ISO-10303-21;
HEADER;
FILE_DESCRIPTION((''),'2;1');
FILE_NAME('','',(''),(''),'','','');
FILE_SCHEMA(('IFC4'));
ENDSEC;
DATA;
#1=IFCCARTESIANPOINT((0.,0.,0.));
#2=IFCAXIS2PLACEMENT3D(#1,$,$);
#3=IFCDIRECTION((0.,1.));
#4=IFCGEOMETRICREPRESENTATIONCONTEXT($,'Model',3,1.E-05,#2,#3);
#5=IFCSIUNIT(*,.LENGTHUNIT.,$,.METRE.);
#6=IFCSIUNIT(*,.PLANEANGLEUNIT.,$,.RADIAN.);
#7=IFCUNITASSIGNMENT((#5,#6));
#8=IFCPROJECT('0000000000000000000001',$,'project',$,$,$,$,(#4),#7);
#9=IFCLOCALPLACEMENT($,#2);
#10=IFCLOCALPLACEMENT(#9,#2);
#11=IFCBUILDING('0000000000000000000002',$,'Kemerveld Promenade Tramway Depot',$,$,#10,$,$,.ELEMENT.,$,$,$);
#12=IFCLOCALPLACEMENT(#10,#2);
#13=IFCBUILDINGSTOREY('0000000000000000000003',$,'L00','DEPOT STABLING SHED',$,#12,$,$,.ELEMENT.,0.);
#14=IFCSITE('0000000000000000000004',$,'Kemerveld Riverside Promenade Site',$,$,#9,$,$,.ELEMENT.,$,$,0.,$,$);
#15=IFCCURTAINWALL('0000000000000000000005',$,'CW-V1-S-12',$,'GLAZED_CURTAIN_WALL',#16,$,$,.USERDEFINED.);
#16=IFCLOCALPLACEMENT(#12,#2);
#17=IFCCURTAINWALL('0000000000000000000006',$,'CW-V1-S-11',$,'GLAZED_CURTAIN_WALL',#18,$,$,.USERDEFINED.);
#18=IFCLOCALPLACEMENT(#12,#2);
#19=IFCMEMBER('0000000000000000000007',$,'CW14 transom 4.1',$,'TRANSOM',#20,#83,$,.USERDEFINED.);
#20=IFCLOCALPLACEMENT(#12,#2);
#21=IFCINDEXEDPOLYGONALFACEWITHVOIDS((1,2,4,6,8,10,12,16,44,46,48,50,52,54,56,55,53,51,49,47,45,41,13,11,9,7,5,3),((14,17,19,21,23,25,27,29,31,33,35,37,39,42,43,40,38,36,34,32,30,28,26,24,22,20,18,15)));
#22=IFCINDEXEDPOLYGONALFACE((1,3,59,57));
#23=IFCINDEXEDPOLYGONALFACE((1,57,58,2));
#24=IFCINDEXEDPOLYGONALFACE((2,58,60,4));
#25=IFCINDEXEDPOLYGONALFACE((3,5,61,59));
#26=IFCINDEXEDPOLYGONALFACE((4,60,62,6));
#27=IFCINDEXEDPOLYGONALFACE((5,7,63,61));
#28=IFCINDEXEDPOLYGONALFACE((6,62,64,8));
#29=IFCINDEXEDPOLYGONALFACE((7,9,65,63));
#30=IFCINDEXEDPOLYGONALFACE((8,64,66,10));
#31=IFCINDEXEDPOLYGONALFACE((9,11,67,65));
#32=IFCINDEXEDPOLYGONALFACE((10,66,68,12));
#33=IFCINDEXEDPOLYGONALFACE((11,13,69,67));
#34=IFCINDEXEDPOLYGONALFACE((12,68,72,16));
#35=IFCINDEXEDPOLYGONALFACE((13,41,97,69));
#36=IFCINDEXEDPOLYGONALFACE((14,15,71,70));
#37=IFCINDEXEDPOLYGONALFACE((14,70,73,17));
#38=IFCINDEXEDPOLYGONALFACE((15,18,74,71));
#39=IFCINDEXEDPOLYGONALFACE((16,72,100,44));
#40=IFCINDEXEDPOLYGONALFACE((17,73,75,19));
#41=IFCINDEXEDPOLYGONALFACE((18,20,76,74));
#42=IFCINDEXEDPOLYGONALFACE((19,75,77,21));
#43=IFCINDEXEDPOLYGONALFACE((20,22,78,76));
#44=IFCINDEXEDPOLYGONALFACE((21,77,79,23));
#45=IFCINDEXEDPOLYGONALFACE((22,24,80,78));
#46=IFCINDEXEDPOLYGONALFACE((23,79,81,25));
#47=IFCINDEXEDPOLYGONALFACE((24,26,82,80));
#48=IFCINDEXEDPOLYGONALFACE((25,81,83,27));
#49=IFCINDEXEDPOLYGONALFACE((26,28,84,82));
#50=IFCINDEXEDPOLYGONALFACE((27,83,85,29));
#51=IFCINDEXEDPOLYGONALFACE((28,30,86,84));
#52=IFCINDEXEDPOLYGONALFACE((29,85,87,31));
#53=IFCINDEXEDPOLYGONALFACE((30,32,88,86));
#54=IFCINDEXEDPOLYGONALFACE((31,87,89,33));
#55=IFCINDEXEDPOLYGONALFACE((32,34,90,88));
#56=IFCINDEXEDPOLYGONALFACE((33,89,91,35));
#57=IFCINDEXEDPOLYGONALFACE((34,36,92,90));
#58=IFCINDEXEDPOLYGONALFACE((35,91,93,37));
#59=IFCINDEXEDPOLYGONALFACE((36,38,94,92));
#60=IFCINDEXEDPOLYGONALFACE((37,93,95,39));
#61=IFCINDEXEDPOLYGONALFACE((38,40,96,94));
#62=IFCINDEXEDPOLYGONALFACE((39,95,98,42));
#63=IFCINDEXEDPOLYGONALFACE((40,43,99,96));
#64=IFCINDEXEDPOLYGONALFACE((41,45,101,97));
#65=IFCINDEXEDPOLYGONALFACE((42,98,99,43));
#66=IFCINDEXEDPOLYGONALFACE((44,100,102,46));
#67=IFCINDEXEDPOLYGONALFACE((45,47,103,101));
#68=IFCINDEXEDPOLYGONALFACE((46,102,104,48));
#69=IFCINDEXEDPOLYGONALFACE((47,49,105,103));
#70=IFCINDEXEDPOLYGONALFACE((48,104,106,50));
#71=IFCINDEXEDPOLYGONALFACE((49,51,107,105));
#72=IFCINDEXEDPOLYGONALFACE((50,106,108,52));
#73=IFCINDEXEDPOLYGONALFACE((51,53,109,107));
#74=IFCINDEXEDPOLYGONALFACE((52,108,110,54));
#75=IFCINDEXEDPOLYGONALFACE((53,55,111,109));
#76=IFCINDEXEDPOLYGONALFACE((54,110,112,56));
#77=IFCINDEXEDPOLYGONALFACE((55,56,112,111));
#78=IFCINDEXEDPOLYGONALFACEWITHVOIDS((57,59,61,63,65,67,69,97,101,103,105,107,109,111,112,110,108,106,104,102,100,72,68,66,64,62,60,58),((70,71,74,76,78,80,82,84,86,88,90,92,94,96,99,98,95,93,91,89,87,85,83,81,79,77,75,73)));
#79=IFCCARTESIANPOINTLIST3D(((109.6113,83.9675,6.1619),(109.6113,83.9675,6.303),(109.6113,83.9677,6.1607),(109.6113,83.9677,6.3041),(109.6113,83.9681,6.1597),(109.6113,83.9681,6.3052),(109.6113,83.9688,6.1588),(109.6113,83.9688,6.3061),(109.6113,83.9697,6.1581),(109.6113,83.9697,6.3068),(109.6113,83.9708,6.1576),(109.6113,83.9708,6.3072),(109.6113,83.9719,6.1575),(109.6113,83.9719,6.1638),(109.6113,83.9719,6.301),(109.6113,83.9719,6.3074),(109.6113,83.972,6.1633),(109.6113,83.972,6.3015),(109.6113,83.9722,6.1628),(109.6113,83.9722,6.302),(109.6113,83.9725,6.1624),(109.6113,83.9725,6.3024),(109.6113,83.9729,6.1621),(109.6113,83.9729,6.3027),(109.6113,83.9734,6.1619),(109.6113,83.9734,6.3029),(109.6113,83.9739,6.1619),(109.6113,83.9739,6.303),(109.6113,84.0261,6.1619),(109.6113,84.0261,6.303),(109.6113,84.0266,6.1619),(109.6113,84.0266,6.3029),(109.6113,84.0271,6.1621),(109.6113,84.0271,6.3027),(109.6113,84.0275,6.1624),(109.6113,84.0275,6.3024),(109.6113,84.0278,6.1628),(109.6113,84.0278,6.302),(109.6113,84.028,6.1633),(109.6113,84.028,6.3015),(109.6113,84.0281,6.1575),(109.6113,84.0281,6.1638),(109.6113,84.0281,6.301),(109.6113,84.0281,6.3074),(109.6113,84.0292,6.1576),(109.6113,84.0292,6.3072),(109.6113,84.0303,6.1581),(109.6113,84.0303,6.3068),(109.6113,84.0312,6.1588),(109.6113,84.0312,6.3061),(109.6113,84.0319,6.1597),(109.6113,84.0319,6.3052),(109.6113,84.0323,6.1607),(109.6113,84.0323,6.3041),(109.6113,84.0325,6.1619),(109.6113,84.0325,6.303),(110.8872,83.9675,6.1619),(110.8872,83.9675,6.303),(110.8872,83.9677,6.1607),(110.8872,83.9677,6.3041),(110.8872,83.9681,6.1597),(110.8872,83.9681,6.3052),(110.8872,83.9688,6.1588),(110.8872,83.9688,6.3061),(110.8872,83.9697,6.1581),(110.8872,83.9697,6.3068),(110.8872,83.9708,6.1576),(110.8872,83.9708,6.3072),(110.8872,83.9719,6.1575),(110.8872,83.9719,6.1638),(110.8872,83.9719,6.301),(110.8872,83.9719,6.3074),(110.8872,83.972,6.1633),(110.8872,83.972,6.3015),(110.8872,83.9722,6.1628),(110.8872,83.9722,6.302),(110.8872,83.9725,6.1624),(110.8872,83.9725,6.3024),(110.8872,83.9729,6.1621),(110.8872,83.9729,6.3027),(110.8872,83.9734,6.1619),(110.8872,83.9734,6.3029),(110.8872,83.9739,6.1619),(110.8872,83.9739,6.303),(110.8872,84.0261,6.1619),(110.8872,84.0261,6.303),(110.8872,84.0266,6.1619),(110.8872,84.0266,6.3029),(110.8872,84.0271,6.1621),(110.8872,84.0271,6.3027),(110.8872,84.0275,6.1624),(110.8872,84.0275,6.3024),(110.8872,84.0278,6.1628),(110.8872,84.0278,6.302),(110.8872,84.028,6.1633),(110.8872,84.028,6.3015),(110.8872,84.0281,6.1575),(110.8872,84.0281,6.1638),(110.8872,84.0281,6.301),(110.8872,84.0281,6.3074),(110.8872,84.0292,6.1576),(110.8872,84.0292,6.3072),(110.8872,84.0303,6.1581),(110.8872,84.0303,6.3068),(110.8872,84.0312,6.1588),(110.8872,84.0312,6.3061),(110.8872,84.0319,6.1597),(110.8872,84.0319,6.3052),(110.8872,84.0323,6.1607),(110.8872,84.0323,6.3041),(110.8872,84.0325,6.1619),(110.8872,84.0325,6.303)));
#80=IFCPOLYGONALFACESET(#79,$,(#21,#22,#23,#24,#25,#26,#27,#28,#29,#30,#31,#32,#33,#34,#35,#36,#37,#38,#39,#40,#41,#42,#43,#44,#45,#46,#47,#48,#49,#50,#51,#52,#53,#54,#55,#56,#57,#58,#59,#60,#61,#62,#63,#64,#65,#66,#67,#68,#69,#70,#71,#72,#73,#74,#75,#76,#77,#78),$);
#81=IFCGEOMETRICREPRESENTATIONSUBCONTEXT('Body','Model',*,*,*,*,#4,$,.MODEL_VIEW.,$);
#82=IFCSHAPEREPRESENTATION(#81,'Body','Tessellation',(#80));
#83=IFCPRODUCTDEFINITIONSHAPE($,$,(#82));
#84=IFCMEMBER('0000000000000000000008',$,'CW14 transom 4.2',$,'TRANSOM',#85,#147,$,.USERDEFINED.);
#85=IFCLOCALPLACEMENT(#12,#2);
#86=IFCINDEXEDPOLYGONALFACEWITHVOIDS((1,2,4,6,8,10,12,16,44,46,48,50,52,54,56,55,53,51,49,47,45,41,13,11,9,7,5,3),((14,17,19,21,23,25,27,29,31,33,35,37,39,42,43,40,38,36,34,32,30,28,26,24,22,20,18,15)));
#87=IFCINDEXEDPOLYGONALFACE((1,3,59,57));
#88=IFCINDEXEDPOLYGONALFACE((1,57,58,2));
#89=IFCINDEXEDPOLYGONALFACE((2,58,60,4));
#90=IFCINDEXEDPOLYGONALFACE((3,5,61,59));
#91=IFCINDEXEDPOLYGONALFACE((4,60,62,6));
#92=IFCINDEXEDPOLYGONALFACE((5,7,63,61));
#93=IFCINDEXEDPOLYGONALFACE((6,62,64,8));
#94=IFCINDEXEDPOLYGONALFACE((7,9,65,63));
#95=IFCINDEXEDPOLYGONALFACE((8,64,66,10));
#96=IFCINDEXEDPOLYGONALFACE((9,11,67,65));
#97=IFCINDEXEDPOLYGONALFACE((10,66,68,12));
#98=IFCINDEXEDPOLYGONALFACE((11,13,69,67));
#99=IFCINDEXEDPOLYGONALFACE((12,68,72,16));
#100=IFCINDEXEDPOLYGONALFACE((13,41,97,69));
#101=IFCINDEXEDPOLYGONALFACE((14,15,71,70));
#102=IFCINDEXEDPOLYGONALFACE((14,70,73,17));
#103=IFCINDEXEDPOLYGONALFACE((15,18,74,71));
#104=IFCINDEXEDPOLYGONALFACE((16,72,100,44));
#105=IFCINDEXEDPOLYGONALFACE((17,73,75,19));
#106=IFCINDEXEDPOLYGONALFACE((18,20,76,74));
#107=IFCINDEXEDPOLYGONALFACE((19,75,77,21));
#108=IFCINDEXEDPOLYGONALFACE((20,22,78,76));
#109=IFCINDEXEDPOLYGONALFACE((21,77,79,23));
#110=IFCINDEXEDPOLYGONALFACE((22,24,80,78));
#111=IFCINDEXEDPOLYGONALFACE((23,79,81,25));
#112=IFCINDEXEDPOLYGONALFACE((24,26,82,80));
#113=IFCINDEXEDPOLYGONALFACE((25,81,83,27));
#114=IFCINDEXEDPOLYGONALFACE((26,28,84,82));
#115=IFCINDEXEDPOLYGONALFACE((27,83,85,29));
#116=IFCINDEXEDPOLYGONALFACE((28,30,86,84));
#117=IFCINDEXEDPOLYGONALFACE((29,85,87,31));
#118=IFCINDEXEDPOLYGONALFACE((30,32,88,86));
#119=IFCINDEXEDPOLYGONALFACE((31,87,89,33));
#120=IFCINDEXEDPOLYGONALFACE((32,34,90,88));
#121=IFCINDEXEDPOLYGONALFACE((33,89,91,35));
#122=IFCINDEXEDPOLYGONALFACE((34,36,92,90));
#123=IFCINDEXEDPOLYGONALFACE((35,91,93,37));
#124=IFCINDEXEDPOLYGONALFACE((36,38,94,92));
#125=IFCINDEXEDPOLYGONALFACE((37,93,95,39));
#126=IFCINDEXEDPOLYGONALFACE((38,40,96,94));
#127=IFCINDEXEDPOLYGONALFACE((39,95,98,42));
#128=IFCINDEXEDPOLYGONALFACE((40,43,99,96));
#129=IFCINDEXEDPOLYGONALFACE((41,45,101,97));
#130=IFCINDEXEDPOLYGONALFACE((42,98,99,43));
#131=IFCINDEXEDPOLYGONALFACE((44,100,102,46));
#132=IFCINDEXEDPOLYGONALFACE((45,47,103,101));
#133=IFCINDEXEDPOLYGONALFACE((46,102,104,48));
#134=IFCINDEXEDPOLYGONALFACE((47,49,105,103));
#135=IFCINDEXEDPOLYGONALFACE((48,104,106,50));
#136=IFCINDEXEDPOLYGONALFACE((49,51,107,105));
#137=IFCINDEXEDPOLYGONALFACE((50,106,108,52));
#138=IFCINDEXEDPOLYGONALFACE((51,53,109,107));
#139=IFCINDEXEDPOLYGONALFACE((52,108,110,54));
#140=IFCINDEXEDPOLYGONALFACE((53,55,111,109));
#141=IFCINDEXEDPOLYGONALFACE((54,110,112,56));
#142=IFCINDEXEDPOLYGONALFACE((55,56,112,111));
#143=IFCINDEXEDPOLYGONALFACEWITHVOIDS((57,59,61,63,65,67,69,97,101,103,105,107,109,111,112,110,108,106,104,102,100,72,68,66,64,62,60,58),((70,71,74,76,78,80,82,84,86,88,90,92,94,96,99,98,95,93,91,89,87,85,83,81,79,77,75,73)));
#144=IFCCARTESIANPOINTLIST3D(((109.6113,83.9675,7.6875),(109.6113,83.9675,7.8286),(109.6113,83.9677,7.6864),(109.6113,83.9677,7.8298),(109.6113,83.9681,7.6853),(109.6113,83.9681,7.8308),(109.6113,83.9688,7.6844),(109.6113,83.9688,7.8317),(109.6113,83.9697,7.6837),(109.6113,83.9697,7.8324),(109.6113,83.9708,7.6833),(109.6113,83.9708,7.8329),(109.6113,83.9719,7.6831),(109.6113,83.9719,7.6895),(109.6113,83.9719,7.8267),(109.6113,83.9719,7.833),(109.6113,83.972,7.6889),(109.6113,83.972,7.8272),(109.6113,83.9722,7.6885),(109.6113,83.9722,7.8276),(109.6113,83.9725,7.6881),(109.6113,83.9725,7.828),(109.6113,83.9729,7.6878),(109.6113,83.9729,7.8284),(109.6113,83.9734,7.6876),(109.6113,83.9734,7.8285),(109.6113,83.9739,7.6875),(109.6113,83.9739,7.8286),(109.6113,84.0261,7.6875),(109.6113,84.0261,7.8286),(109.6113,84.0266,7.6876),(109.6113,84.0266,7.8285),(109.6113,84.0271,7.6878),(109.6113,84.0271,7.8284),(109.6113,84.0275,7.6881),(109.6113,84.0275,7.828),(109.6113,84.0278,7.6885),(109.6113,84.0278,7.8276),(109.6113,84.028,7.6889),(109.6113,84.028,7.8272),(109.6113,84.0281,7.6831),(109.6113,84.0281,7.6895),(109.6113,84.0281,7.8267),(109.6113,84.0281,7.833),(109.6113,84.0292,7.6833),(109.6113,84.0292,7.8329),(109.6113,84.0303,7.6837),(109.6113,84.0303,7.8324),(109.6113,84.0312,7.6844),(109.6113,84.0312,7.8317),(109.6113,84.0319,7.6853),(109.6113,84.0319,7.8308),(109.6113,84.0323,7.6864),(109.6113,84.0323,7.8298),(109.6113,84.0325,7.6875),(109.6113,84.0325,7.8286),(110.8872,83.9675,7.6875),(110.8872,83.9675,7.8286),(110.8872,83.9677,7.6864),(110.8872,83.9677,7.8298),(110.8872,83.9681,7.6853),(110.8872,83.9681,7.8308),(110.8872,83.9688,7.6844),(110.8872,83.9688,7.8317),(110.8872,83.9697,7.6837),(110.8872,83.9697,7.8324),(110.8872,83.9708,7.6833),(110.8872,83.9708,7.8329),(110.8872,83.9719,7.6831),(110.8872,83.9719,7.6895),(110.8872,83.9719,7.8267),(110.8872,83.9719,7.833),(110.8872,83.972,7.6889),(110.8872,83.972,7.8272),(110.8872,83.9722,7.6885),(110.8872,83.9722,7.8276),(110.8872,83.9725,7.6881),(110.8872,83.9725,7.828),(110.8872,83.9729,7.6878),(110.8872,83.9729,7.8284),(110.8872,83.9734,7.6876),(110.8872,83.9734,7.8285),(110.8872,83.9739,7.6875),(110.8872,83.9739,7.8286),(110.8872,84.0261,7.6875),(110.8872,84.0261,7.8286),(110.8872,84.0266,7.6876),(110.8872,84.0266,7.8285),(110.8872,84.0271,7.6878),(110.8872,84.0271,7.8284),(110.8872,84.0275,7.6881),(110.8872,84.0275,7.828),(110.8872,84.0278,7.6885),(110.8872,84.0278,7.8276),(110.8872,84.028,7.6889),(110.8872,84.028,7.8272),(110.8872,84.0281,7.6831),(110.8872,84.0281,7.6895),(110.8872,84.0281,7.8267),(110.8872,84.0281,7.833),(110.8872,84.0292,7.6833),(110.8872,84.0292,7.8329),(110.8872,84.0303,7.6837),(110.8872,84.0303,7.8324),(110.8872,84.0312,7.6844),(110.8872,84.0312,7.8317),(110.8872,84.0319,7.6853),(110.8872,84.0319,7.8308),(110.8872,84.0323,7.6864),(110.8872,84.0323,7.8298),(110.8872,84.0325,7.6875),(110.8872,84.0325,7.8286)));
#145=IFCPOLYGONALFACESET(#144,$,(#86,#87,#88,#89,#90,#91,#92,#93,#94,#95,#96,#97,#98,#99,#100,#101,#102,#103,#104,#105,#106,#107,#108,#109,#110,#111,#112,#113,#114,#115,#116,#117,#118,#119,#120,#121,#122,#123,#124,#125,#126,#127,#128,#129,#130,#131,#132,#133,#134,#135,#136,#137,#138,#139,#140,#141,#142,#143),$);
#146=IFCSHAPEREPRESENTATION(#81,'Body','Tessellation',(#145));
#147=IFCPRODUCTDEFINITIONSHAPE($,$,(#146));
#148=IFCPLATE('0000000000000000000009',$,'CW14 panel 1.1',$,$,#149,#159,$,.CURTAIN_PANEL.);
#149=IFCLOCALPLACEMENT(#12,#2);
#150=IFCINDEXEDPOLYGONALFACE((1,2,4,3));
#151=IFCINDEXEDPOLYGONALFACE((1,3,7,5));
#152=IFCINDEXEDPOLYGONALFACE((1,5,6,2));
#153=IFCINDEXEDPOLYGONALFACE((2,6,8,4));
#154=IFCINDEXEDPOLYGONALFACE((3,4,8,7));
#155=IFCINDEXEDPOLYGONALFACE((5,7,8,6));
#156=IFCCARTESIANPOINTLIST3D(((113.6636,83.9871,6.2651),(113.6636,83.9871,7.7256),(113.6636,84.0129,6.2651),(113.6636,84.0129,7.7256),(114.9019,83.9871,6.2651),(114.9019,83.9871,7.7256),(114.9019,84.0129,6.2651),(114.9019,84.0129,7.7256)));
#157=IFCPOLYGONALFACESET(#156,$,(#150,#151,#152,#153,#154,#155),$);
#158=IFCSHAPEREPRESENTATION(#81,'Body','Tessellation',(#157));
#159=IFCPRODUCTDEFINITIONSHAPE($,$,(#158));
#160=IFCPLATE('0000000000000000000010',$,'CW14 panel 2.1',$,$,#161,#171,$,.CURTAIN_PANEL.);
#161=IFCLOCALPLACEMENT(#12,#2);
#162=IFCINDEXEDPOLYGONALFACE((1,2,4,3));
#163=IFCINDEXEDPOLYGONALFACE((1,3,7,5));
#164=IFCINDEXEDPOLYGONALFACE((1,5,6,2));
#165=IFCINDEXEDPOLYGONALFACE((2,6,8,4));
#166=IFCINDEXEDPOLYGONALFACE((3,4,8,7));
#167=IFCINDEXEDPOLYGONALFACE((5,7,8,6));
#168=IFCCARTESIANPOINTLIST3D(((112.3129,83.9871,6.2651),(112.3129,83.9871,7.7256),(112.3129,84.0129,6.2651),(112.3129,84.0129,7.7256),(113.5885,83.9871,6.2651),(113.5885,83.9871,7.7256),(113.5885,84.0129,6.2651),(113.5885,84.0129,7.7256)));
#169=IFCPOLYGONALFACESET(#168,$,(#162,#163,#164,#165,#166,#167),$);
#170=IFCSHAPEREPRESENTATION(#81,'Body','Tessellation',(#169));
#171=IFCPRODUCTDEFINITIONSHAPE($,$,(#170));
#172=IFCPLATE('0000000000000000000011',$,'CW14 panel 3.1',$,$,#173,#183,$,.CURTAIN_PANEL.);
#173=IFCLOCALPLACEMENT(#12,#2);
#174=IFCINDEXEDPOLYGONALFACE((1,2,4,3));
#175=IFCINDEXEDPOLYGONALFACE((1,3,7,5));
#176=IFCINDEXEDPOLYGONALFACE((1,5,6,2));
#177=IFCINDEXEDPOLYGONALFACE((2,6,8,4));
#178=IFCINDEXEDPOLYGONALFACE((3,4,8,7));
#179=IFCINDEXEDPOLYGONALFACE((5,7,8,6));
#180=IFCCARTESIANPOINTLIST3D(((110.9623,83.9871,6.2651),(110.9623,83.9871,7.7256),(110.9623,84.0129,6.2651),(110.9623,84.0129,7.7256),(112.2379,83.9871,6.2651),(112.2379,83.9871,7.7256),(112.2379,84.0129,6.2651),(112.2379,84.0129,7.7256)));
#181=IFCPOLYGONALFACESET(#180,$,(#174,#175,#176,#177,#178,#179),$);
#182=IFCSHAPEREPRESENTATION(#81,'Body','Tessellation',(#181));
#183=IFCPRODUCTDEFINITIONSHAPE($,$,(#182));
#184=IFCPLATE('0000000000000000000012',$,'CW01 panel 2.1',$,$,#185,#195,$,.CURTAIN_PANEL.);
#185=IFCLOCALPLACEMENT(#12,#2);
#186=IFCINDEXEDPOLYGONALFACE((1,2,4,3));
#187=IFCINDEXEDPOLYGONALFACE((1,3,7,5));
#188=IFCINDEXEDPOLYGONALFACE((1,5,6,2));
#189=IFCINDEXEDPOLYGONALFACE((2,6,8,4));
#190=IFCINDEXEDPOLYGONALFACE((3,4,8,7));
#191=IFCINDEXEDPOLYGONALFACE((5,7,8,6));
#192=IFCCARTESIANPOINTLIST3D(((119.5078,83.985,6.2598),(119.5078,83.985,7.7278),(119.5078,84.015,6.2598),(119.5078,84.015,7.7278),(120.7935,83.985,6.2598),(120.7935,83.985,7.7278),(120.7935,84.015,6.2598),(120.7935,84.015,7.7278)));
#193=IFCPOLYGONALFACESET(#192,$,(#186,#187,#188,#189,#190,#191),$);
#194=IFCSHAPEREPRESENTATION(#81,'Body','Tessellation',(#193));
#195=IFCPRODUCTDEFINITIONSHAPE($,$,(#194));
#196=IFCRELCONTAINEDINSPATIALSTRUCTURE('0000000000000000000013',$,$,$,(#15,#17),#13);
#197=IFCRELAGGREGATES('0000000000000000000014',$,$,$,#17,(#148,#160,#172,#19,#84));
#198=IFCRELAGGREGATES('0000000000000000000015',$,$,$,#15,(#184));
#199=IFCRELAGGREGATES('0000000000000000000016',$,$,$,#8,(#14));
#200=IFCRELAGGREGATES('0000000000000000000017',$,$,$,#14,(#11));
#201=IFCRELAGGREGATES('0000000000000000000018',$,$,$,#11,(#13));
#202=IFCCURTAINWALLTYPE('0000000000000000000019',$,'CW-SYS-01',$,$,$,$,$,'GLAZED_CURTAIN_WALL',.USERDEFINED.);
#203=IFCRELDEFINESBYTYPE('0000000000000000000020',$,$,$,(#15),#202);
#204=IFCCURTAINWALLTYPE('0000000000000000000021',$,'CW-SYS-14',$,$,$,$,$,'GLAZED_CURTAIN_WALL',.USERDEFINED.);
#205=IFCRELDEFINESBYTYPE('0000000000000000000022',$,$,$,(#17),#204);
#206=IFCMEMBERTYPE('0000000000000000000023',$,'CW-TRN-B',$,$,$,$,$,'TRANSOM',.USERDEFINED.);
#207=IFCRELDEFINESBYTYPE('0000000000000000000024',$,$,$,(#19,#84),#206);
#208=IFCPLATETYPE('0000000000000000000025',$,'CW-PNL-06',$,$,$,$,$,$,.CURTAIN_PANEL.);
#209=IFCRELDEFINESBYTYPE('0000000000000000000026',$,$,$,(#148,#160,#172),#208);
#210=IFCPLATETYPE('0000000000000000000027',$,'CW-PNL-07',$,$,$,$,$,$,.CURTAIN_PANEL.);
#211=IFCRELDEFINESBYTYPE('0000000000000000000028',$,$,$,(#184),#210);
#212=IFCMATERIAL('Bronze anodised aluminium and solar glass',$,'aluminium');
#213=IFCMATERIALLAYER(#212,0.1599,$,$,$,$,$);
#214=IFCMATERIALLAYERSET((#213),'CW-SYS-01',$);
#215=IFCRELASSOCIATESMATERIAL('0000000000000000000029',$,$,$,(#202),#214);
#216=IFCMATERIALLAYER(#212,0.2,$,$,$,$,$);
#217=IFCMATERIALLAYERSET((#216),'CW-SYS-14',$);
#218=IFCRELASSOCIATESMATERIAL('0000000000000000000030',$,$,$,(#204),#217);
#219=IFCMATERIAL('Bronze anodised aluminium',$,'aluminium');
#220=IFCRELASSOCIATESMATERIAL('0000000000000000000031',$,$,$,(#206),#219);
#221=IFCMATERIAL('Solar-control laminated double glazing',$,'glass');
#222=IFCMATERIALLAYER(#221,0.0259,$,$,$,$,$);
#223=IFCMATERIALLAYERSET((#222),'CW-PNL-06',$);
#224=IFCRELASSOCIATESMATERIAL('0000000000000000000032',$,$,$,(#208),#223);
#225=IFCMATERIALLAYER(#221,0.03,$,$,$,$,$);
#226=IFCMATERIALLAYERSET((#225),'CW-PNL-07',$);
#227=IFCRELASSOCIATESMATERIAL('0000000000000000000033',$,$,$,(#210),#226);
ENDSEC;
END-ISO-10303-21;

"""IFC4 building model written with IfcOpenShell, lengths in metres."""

from ifc_helpers import new_model, si_unit, direction, frame, origin, origin_2d, place, context, subcontext, project, spatial, rectangle, hollow_rectangle, extrude, material, layer, layer_set, material_profile, profile_set, type_object, element, aggregate, save


model = new_model("IFC4")

# Units and contexts
model_context = context("Model", 3, precision=1e-05, world=origin(), true_north=direction((0.0, 1.0)))
body_context = subcontext(model_context, "Body", "Model", "MODEL_VIEW")
ifc_project = project(units=[si_unit("LENGTHUNIT", "METRE"), si_unit("PLANEANGLEUNIT", "RADIAN")], contexts=[model_context])

# Site, building, storey
site_placement = place(None, origin())
site = spatial("IfcSite", under=ifc_project, at=site_placement, Name="Kemerveld Riverside Promenade Site", CompositionType="ELEMENT", RefElevation=0.0)
building_placement = place(site_placement, origin())
building = spatial("IfcBuilding", under=site, at=building_placement, Name="Kemerveld Promenade Tramway Depot", CompositionType="ELEMENT")
storey_placement = place(building_placement, origin())
storey = spatial("IfcBuildingStorey", under=building, at=storey_placement, Name="L00", Description="DEPOT STABLING SHED", CompositionType="ELEMENT", Elevation=0.0)

# Curtain walls
ifc_material_1 = material(Name="Bronze anodised aluminium and solar glass", Category="aluminium")
ifc_layer_1 = layer(ifc_material_1, 0.1599)
ifc_layer_set_1 = layer_set([ifc_layer_1], Name="CW-SYS-01")
curtain_wall_type_1 = type_object("IfcCurtainWallType", Name="CW-SYS-01", ElementType="GLAZED_CURTAIN_WALL", PredefinedType="USERDEFINED", material=ifc_layer_set_1)
curtain_wall_1_placement = place(storey_placement, origin())
curtain_wall_1 = element("IfcCurtainWall", 1, at=curtain_wall_1_placement, inside=storey, type_object=curtain_wall_type_1, Name="CW-V1-S-12", ObjectType="GLAZED_CURTAIN_WALL", PredefinedType="USERDEFINED")
ifc_material_2 = material(Name="Bronze anodised aluminium", Category="aluminium")
ifc_layer_2 = layer(ifc_material_1, 0.2)
ifc_layer_set_2 = layer_set([ifc_layer_2], Name="CW-SYS-14")
curtain_wall_type_2 = type_object("IfcCurtainWallType", Name="CW-SYS-14", ElementType="GLAZED_CURTAIN_WALL", PredefinedType="USERDEFINED", material=ifc_layer_set_2)
curtain_wall_2_placement = place(storey_placement, origin())
curtain_wall_2 = element("IfcCurtainWall", 2, at=curtain_wall_2_placement, inside=storey, type_object=curtain_wall_type_2, Name="CW-V1-S-11", ObjectType="GLAZED_CURTAIN_WALL", PredefinedType="USERDEFINED")

# Members
ifc_material_profile_1 = material_profile(ifc_material_2, hollow_rectangle(XDim=0.0649, YDim=0.1499, WallThickness=0.0044, InnerFilletRadius=0.002, OuterFilletRadius=0.0044, at=origin_2d()), Name="CW-TRN-150x65")
ifc_profile_set_1 = profile_set([ifc_material_profile_1], Name="Bronze anodised aluminium")
member_type_1 = type_object("IfcMemberType", Name="CW-TRN-B", ElementType="TRANSOM", PredefinedType="USERDEFINED", material=ifc_profile_set_1)
member_1_placement = place(storey_placement, frame((110.8872, 84.0, 6.2324), z_axis=(-1.0, 0.0, 0.0), x_axis=(0.0, -1.0, 0.0)))
member_1 = element("IfcMember", 3, at=member_1_placement, type_object=member_type_1, Name="CW14 transom 4.1", ObjectType="TRANSOM", PredefinedType="USERDEFINED", context=body_context, shape_type="SweptSolid", body=[
    extrude(hollow_rectangle(XDim=0.0649, YDim=0.1499, WallThickness=0.0044, InnerFilletRadius=0.002, OuterFilletRadius=0.0044, at=origin_2d()), origin(), (0.0, 0.0, 1.0), 1.2759),
])
member_2_placement = place(storey_placement, frame((110.8872, 84.0, 7.7581), z_axis=(-1.0, 0.0, 0.0), x_axis=(0.0, -1.0, 0.0)))
member_2 = element("IfcMember", 4, at=member_2_placement, type_object=member_type_1, Name="CW14 transom 4.2", ObjectType="TRANSOM", PredefinedType="USERDEFINED", context=body_context, shape_type="SweptSolid", body=[
    extrude(hollow_rectangle(XDim=0.0649, YDim=0.1499, WallThickness=0.0044, InnerFilletRadius=0.002, OuterFilletRadius=0.0044, at=origin_2d()), origin(), (0.0, 0.0, 1.0), 1.2759),
])

# Plates
ifc_material_3 = material(Name="Solar-control laminated double glazing", Category="glass")
ifc_layer_3 = layer(ifc_material_3, 0.0259)
ifc_layer_set_3 = layer_set([ifc_layer_3], Name="CW-PNL-06")
plate_type_1 = type_object("IfcPlateType", Name="CW-PNL-06", PredefinedType="CURTAIN_PANEL", material=ifc_layer_set_3)
plate_1_placement = place(storey_placement, frame((114.2827, 84.0, 6.2651), z_axis=(0.0, 0.0, 1.0), x_axis=(-1.0, 0.0, 0.0)))
plate_1 = element("IfcPlate", 5, at=plate_1_placement, type_object=plate_type_1, Name="CW14 panel 1.1", PredefinedType="CURTAIN_PANEL", context=body_context, shape_type="SweptSolid", body=[
    extrude(rectangle(XDim=1.2383, YDim=0.0259, at=origin_2d()), origin(), (0.0, 0.0, 1.0), 1.4604),
])
plate_2_placement = place(storey_placement, frame((112.9507, 84.0, 6.2651), z_axis=(0.0, 0.0, 1.0), x_axis=(-1.0, 0.0, 0.0)))
plate_2 = element("IfcPlate", 6, at=plate_2_placement, type_object=plate_type_1, Name="CW14 panel 2.1", PredefinedType="CURTAIN_PANEL", context=body_context, shape_type="SweptSolid", body=[
    extrude(rectangle(XDim=1.2756, YDim=0.0259, at=origin_2d()), origin(), (0.0, 0.0, 1.0), 1.4604),
])
plate_3_placement = place(storey_placement, frame((111.6001, 84.0, 6.2651), z_axis=(0.0, 0.0, 1.0), x_axis=(-1.0, 0.0, 0.0)))
plate_3 = element("IfcPlate", 7, at=plate_3_placement, type_object=plate_type_1, Name="CW14 panel 3.1", PredefinedType="CURTAIN_PANEL", context=body_context, shape_type="SweptSolid", body=[
    extrude(rectangle(XDim=1.2756, YDim=0.0259, at=origin_2d()), origin(), (0.0, 0.0, 1.0), 1.4604),
])
aggregate(curtain_wall_2, [plate_1, plate_2, plate_3, member_1, member_2])
ifc_layer_4 = layer(ifc_material_3, 0.03)
ifc_layer_set_4 = layer_set([ifc_layer_4], Name="CW-PNL-07")
plate_type_2 = type_object("IfcPlateType", Name="CW-PNL-07", PredefinedType="CURTAIN_PANEL", material=ifc_layer_set_4)
plate_4_placement = place(storey_placement, frame((120.1506, 84.0, 6.2598), z_axis=(0.0, 0.0, 1.0), x_axis=(-1.0, 0.0, 0.0)))
plate_4 = element("IfcPlate", 8, at=plate_4_placement, type_object=plate_type_2, Name="CW01 panel 2.1", PredefinedType="CURTAIN_PANEL", context=body_context, shape_type="SweptSolid", body=[
    extrude(rectangle(XDim=1.2856, YDim=0.03, at=origin_2d()), origin(), (0.0, 0.0, 1.0), 1.468),
])
aggregate(curtain_wall_1, [plate_4])

save(model, "model.ifc")
